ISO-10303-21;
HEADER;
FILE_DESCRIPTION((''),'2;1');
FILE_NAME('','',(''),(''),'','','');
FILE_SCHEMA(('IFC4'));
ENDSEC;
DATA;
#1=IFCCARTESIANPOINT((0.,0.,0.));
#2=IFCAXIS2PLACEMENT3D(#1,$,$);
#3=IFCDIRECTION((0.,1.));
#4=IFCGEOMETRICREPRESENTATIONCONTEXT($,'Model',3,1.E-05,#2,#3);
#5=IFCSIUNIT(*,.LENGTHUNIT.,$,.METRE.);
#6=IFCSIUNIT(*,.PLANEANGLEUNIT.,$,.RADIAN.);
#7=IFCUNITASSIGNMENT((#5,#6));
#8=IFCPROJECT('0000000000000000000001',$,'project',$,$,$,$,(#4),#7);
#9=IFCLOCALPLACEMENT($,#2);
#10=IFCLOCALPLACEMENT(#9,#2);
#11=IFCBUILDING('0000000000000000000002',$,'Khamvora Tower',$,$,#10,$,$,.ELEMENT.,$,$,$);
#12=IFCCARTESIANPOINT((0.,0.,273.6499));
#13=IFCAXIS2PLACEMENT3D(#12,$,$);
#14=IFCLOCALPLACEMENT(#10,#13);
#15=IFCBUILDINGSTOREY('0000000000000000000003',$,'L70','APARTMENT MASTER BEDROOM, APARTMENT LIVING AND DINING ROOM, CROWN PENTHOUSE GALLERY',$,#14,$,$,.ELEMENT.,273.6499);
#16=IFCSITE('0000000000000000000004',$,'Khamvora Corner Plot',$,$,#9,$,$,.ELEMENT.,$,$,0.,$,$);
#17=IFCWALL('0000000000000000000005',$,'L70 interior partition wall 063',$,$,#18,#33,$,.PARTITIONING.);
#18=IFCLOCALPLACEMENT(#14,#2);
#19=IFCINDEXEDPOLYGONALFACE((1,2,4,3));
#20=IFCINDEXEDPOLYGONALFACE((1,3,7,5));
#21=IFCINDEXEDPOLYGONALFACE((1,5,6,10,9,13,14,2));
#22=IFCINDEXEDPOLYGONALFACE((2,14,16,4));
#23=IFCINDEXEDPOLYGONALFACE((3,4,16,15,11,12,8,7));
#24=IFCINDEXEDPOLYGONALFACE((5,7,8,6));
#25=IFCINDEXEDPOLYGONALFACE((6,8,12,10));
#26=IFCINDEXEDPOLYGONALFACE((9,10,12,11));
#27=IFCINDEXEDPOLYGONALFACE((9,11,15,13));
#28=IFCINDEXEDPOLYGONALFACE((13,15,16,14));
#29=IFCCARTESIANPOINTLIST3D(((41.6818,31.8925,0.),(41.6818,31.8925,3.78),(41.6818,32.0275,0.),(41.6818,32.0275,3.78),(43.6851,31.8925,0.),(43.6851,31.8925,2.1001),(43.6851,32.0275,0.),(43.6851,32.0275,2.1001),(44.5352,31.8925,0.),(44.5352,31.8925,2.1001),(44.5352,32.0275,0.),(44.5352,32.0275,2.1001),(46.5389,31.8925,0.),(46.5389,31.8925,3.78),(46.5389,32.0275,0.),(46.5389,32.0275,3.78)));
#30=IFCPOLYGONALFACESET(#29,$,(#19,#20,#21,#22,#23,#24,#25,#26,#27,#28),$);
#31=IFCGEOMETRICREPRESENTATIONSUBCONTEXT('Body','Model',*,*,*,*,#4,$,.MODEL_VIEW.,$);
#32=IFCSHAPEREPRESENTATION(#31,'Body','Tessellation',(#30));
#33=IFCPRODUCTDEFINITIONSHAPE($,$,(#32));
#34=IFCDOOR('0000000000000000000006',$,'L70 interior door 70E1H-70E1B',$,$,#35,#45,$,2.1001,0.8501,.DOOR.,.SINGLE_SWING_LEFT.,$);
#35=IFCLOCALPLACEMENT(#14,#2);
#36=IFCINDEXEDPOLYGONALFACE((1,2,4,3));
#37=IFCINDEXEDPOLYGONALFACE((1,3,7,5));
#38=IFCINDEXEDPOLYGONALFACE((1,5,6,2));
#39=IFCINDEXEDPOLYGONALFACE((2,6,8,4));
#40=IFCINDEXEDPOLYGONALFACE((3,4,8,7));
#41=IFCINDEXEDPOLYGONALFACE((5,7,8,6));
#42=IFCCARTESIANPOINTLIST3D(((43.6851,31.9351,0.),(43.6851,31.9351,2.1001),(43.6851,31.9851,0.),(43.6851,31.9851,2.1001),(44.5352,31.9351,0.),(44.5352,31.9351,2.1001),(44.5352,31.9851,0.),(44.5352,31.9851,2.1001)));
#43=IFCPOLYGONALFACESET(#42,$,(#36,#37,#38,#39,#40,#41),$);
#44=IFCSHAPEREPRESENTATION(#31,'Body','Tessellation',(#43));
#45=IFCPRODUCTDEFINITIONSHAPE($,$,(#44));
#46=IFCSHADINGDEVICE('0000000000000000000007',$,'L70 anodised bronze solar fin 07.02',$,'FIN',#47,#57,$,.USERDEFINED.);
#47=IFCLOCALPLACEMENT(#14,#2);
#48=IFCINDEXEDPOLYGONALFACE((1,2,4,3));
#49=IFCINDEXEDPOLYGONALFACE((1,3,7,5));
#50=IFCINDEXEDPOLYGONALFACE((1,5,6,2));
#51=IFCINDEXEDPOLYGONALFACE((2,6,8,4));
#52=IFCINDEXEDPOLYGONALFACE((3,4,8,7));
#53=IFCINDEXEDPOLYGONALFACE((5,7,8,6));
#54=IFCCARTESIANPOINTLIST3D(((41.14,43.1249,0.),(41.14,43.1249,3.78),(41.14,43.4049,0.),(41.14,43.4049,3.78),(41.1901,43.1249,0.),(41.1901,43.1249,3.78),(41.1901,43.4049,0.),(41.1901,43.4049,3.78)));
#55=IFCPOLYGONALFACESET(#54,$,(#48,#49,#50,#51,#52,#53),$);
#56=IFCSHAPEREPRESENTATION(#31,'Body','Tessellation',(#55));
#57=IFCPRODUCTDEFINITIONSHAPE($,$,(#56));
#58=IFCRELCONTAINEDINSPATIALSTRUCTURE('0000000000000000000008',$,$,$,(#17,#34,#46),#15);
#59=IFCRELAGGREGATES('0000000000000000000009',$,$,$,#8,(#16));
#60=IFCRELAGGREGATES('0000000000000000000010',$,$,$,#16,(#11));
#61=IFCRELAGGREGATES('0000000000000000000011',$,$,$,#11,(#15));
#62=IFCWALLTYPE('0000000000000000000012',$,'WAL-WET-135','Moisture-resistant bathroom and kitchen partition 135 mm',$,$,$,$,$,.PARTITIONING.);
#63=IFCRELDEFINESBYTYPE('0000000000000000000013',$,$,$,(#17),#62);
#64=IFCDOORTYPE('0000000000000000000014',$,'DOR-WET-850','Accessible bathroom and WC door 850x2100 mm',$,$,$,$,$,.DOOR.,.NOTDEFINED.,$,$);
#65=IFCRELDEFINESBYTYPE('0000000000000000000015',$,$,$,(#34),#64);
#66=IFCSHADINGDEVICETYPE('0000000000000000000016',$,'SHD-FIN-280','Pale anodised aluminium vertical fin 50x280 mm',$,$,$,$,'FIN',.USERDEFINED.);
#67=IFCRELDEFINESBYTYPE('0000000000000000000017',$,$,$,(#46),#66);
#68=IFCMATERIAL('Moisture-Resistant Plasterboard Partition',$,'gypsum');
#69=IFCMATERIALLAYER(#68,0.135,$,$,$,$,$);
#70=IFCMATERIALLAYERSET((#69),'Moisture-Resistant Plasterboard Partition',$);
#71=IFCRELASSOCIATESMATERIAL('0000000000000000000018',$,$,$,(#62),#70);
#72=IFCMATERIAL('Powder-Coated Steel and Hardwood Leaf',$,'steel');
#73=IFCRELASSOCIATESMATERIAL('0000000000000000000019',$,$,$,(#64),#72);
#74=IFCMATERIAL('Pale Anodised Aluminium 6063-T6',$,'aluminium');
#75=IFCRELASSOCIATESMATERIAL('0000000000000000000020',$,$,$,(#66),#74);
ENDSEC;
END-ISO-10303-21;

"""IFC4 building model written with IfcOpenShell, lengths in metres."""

from ifc_helpers import new_model, si_unit, direction, frame, frame_2d, origin, origin_2d, place, context, subcontext, project, spatial, rectangle, extrude, material, layer, layer_set, type_object, element, fill, save


model = new_model("IFC4")

# Units and contexts
model_context = context("Model", 3, precision=1e-05, world=origin(), true_north=direction((0.0, 1.0)))
body_context = subcontext(model_context, "Body", "Model", "MODEL_VIEW")
ifc_project = project(units=[si_unit("LENGTHUNIT", "METRE"), si_unit("PLANEANGLEUNIT", "RADIAN")], contexts=[model_context])

# Site, building, storey
site_placement = place(None, origin())
site = spatial("IfcSite", under=ifc_project, at=site_placement, Name="Khamvora Corner Plot", CompositionType="ELEMENT", RefElevation=0.0)
building_placement = place(site_placement, origin())
building = spatial("IfcBuilding", under=site, at=building_placement, Name="Khamvora Tower", CompositionType="ELEMENT")
storey_placement = place(building_placement, frame((0.0, 0.0, 273.6499)))
storey = spatial("IfcBuildingStorey", under=building, at=storey_placement, Name="L70", Description="APARTMENT MASTER BEDROOM, APARTMENT LIVING AND DINING ROOM, CROWN PENTHOUSE GALLERY", CompositionType="ELEMENT", Elevation=273.6499)

# Shared definitions
ifc_material_1 = material(Name="Powder-Coated Steel and Hardwood Leaf", Category="steel")

# Wall, opening, door
ifc_material_2 = material(Name="Moisture-Resistant Plasterboard Partition", Category="gypsum")
ifc_layer_1 = layer(ifc_material_2, 0.135)
ifc_layer_set_1 = layer_set([ifc_layer_1], Name="Moisture-Resistant Plasterboard Partition")
wall_type_1 = type_object("IfcWallType", Name="WAL-WET-135", Description="Moisture-resistant bathroom and kitchen partition 135 mm", PredefinedType="PARTITIONING", material=ifc_layer_set_1)
wall_1_placement = place(storey_placement, frame((46.5391, 31.96, 0.0), z_axis=(0.0, 0.0, 1.0), x_axis=(-1.0, 0.0, 0.0)))
wall_1 = element("IfcWall", 1, at=wall_1_placement, inside=storey, type_object=wall_type_1, Name="L70 interior partition wall 063", PredefinedType="PARTITIONING", context=body_context, shape_type="SweptSolid", body=[
    extrude(rectangle(XDim=4.8572, YDim=0.135, at=frame_2d((2.4287, 0.0))), origin(), (0.0, 0.0, 1.0), 3.78),
])
opening_1_placement = place(wall_1_placement, frame((2.0039, 0.0, 0.0)))
opening_1 = element("IfcOpeningElement", 2, at=opening_1_placement, cuts=wall_1, PredefinedType="OPENING", context=body_context, shape_type="SweptSolid", body=[
    extrude(rectangle(XDim=0.8501, YDim=2.1001, at=frame_2d((0.425, 1.05))), frame((0.0, 0.0774, 0.0), z_axis=(0.0, -1.0, 0.0), x_axis=(1.0, 0.0, 0.0)), (0.0, 0.0, 1.0), 0.155),
])
door_type_1 = type_object("IfcDoorType", Name="DOR-WET-850", Description="Accessible bathroom and WC door 850x2100 mm", OperationType="NOTDEFINED", PredefinedType="DOOR", material=ifc_material_1)
door_1_placement = place(opening_1_placement, origin())
door_1 = element("IfcDoor", 3, at=door_1_placement, inside=storey, type_object=door_type_1, Name="L70 interior door 70E1H-70E1B", OperationType="SINGLE_SWING_LEFT", OverallHeight=2.1001, OverallWidth=0.8501, PredefinedType="DOOR", context=body_context, shape_type="SweptSolid", body=[
    extrude(rectangle(XDim=0.8501, YDim=2.1001, at=frame_2d((0.425, 1.05))), frame((0.0, 0.0249, 0.0), z_axis=(0.0, -1.0, 0.0), x_axis=(1.0, 0.0, 0.0)), (0.0, 0.0, 1.0), 0.05),
])
fill(opening_1, door_1)

# Shading device
ifc_material_3 = material(Name="Pale Anodised Aluminium 6063-T6", Category="aluminium")
shading_device_type = type_object("IfcShadingDeviceType", Name="SHD-FIN-280", Description="Pale anodised aluminium vertical fin 50x280 mm", ElementType="FIN", PredefinedType="USERDEFINED", material=ifc_material_3)
shading_device_placement = place(storey_placement, frame((41.165, 43.2649, 0.0), z_axis=(0.0, 0.0, 1.0), x_axis=(1.0, 0.0, 0.0)))
element("IfcShadingDevice", 4, at=shading_device_placement, inside=storey, type_object=shading_device_type, Name="L70 anodised bronze solar fin 07.02", ObjectType="FIN", PredefinedType="USERDEFINED", context=body_context, shape_type="SweptSolid", body=[
    extrude(rectangle(XDim=0.05, YDim=0.28, at=origin_2d()), origin(), (0.0, 0.0, 1.0), 3.78),
])

save(model, "model.ifc")
